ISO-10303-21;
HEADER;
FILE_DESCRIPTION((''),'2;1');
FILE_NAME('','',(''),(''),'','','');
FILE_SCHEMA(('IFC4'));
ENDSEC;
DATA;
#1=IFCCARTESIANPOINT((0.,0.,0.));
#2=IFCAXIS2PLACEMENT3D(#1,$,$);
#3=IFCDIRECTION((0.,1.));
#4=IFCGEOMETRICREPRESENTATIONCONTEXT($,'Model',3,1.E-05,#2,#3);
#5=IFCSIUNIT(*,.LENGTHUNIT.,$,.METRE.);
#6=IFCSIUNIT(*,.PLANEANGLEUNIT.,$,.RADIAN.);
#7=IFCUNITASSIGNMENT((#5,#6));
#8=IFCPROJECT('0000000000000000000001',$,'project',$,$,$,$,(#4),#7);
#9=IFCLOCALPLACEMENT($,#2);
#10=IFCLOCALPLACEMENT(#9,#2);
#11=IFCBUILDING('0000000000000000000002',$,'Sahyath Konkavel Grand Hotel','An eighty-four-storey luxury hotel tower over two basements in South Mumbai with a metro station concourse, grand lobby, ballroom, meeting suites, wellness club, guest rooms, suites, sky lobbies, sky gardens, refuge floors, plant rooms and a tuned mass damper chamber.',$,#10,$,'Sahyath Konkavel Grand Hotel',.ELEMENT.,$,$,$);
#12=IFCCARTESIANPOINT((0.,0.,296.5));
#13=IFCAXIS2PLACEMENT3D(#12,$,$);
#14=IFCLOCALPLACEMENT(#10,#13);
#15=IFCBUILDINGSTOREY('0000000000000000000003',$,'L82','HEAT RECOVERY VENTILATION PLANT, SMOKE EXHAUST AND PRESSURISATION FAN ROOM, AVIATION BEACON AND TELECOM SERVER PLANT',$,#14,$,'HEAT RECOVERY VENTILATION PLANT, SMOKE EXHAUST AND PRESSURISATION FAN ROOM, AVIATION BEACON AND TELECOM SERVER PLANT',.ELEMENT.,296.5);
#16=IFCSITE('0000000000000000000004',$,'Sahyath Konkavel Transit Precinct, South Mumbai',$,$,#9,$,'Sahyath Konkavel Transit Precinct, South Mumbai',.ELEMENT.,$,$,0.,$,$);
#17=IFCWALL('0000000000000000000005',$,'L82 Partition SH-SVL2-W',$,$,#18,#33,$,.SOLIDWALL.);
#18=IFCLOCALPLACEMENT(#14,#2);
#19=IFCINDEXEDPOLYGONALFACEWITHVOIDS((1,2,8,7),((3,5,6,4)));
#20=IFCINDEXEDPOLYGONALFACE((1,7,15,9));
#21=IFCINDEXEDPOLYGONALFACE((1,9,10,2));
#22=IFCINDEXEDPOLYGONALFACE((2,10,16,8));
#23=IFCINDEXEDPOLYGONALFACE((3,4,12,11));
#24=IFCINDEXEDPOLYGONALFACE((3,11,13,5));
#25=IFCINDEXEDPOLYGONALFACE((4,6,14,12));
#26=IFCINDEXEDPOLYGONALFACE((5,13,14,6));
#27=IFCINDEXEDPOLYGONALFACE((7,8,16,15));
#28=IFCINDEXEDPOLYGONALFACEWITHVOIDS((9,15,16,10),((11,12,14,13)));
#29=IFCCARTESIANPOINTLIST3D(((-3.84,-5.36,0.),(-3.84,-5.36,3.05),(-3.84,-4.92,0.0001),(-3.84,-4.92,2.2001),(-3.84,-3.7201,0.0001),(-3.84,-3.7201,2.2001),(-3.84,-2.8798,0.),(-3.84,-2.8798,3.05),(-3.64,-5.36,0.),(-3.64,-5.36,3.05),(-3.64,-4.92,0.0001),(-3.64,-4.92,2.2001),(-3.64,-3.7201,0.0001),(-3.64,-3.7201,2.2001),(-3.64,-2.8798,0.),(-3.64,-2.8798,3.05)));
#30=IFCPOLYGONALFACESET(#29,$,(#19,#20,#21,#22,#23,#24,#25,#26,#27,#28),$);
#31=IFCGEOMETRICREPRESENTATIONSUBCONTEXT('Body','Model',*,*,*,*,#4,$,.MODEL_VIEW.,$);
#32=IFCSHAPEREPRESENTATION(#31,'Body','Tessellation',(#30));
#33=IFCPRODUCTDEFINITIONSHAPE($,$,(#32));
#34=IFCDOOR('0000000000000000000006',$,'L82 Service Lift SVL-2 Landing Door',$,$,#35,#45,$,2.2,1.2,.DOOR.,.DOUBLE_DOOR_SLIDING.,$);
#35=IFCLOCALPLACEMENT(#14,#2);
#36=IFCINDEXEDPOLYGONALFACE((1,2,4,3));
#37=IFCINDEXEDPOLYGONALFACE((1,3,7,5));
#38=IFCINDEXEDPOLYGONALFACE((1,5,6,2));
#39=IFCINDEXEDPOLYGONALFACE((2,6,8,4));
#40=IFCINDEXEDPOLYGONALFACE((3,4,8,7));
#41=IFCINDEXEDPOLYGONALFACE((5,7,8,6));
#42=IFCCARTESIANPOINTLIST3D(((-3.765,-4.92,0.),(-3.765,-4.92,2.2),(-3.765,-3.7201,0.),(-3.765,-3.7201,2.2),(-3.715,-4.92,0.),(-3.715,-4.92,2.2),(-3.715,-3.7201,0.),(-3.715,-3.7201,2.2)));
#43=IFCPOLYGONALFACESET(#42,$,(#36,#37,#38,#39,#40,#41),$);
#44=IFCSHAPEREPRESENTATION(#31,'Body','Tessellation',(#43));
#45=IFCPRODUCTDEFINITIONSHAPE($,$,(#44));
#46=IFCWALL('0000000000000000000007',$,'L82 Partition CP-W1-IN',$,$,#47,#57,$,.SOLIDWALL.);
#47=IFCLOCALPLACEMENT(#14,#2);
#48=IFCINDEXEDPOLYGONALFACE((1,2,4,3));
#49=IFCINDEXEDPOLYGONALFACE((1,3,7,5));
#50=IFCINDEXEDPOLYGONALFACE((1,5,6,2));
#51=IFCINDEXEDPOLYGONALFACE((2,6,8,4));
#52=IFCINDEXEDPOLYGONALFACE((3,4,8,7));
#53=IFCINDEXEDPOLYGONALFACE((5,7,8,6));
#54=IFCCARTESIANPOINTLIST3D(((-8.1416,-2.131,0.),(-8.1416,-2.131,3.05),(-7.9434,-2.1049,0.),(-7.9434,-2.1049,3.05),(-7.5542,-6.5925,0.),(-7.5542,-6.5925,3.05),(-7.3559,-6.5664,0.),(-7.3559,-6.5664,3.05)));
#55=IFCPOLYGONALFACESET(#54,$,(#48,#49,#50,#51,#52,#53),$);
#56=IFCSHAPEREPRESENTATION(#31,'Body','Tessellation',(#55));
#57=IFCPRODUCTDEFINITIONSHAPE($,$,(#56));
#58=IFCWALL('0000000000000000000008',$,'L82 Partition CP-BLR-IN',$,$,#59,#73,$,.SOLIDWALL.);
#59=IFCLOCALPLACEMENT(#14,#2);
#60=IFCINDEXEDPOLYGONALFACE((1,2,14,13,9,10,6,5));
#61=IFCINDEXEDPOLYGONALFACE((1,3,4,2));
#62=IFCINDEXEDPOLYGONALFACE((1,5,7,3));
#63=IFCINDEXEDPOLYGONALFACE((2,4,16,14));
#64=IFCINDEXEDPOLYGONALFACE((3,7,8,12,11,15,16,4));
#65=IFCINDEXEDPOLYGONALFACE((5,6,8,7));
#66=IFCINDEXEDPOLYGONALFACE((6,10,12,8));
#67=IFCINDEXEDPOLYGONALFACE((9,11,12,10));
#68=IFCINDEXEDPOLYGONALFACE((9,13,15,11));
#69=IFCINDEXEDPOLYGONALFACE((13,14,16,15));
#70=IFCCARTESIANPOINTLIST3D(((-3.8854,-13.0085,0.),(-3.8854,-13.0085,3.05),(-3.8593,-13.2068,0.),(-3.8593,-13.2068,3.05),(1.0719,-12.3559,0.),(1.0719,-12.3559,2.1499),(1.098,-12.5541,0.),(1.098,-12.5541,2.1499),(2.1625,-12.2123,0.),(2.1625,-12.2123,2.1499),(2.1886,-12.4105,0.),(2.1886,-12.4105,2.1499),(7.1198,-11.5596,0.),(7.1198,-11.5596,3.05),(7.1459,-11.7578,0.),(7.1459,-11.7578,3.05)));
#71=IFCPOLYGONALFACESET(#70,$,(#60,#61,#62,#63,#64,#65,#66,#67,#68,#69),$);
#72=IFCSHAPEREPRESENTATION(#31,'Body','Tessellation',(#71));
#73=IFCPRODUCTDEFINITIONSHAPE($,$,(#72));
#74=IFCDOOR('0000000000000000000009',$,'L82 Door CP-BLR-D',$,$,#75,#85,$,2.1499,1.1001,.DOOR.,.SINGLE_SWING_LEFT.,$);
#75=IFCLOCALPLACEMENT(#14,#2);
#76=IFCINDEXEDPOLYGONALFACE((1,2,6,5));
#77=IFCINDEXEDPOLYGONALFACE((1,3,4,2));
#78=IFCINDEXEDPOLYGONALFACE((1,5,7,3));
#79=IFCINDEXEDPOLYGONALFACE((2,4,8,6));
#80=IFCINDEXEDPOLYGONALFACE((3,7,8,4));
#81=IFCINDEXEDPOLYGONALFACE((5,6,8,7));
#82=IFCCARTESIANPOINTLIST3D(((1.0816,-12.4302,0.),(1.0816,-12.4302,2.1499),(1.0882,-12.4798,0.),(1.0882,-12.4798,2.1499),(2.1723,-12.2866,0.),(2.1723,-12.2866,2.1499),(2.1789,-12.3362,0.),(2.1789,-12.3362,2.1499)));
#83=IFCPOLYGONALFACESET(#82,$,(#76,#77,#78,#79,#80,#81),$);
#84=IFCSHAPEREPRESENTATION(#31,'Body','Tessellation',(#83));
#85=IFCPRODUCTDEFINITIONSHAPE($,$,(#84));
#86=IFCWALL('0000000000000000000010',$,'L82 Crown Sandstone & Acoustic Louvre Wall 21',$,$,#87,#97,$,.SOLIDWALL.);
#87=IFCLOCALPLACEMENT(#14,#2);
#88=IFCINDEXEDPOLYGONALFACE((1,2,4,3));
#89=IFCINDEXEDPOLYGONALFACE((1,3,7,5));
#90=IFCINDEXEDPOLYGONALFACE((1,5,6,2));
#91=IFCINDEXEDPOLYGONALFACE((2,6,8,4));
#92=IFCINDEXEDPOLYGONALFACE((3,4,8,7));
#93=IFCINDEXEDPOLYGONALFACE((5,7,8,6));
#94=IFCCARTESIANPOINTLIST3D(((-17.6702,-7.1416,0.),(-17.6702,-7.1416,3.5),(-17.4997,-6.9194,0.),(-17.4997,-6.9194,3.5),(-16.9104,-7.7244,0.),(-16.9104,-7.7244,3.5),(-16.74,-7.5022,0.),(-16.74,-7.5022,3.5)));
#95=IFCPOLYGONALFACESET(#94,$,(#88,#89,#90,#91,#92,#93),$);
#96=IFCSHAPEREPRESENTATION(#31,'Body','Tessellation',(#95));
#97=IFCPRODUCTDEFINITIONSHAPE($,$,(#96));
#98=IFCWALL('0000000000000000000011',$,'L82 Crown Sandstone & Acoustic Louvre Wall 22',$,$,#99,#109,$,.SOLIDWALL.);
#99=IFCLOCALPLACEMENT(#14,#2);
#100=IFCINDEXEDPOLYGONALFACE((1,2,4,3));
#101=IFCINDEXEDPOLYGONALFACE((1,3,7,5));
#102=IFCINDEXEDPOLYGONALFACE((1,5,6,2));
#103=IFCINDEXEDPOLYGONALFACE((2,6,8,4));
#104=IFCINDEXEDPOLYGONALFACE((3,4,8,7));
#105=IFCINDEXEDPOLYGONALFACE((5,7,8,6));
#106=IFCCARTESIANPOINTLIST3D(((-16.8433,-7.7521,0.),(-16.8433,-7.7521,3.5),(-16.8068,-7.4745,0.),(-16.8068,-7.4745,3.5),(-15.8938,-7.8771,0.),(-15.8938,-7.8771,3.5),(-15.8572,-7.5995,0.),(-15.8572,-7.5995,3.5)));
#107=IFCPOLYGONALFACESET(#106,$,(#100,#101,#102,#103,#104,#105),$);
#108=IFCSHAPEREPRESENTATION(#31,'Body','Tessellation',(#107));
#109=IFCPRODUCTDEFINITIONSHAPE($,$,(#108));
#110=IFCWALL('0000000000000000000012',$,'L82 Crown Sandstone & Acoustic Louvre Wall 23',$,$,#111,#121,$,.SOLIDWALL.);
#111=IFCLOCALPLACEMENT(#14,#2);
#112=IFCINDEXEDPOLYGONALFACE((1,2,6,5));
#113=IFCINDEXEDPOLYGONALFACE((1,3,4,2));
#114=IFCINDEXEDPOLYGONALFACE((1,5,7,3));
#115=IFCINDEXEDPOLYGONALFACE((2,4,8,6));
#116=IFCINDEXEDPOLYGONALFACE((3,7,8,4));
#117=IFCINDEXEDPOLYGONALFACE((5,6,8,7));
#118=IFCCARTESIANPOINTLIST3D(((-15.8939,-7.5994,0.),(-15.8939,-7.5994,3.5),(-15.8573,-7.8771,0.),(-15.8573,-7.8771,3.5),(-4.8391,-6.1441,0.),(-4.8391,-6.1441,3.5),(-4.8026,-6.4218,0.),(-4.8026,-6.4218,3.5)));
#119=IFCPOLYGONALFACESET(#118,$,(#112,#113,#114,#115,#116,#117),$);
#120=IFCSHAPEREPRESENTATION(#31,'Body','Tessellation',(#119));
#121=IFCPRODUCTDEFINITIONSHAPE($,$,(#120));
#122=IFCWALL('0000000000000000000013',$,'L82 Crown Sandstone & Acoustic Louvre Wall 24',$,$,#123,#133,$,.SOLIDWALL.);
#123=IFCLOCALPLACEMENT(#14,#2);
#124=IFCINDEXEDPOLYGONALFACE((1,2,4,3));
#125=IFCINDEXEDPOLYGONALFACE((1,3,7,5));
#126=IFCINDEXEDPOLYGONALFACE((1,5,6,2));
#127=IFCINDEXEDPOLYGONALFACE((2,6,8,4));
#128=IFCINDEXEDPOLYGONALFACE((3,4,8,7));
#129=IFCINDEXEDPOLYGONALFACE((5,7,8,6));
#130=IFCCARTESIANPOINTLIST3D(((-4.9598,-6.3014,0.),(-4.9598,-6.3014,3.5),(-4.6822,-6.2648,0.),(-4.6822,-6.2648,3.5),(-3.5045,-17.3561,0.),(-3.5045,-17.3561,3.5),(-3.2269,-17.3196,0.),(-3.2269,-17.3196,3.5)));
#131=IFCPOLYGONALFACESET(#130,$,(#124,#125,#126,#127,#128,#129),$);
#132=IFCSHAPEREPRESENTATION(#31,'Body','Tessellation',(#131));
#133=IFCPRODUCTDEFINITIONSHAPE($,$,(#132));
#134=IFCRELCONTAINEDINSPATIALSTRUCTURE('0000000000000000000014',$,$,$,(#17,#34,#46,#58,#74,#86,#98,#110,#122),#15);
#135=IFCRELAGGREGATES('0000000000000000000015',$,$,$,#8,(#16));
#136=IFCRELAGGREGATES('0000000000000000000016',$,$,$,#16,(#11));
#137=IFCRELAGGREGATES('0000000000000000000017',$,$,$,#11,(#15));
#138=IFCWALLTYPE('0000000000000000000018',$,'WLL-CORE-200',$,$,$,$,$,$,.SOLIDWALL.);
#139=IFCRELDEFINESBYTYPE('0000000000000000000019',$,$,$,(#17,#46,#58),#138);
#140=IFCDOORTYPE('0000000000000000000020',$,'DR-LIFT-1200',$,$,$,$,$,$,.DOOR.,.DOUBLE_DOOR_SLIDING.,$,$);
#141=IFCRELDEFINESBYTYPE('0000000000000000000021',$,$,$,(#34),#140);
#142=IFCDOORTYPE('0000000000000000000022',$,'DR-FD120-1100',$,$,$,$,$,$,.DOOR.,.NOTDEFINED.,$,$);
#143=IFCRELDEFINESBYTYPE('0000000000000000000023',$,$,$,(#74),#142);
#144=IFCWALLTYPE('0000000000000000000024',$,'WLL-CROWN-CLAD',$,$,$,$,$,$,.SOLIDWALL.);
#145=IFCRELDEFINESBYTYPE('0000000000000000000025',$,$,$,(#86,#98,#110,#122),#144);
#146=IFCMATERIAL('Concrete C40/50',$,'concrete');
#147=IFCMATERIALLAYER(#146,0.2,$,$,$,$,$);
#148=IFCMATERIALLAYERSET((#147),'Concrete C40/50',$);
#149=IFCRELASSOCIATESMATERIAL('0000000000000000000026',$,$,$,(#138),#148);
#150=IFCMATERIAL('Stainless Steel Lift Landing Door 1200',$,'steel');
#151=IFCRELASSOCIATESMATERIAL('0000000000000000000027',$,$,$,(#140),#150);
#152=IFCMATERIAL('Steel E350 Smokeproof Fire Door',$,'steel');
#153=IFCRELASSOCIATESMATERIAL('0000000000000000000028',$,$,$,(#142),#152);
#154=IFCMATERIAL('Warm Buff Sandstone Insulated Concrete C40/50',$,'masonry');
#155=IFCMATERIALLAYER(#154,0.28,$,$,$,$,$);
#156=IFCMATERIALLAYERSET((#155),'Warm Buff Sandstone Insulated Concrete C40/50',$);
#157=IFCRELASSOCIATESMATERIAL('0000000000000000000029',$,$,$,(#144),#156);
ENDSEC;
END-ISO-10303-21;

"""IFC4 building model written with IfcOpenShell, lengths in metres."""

from ifc_helpers import new_model, si_unit, direction, frame, frame_2d, origin, origin_2d, place, context, subcontext, project, spatial, rectangle, extrude, source, transform, mapped, material, layer, layer_set, type_object, element, fill, save


model = new_model("IFC4")

# Units and contexts
model_context = context("Model", 3, precision=1e-05, world=origin(), true_north=direction((0.0, 1.0)))
body_context = subcontext(model_context, "Body", "Model", "MODEL_VIEW")
ifc_project = project(units=[si_unit("LENGTHUNIT", "METRE"), si_unit("PLANEANGLEUNIT", "RADIAN")], contexts=[model_context])

# Site, building, storey
site_placement = place(None, origin())
site = spatial("IfcSite", under=ifc_project, at=site_placement, Name="Sahyath Konkavel Transit Precinct, South Mumbai", LongName="Sahyath Konkavel Transit Precinct, South Mumbai", CompositionType="ELEMENT", RefElevation=0.0)
building_placement = place(site_placement, origin())
building = spatial("IfcBuilding", under=site, at=building_placement, Name="Sahyath Konkavel Grand Hotel", Description="An eighty-four-storey luxury hotel tower over two basements in South Mumbai with a metro station concourse, grand lobby, ballroom, meeting suites, wellness club, guest rooms, suites, sky lobbies, sky gardens, refuge floors, plant rooms and a tuned mass damper chamber.", LongName="Sahyath Konkavel Grand Hotel", CompositionType="ELEMENT")
storey_placement = place(building_placement, frame((0.0, 0.0, 296.5)))
storey = spatial("IfcBuildingStorey", under=building, at=storey_placement, Name="L82", Description="HEAT RECOVERY VENTILATION PLANT, SMOKE EXHAUST AND PRESSURISATION FAN ROOM, AVIATION BEACON AND TELECOM SERVER PLANT", LongName="HEAT RECOVERY VENTILATION PLANT, SMOKE EXHAUST AND PRESSURISATION FAN ROOM, AVIATION BEACON AND TELECOM SERVER PLANT", CompositionType="ELEMENT", Elevation=296.5)

# Shared definitions
ifc_material_1 = material(Name="Concrete C40/50", Category="concrete")

# Shared definitions
ifc_layer_1 = layer(ifc_material_1, 0.2)
ifc_layer_set_1 = layer_set([ifc_layer_1], Name="Concrete C40/50")
wall_type_1 = type_object("IfcWallType", Name="WLL-CORE-200", PredefinedType="SOLIDWALL", material=ifc_layer_set_1)

# Wall, opening, door
wall_1_placement = place(storey_placement, frame((-3.74, -5.3601, 0.0), z_axis=(0.0, 0.0, 1.0), x_axis=(0.0, 1.0, 0.0)))
wall_1 = element("IfcWall", 1, at=wall_1_placement, inside=storey, type_object=wall_type_1, Name="L82 Partition SH-SVL2-W", PredefinedType="SOLIDWALL", context=body_context, shape_type="SweptSolid", body=[
    extrude(rectangle(XDim=2.4802, YDim=0.2, at=frame_2d((1.2402, 0.0))), origin(), (0.0, 0.0, 1.0), 3.05),
])
opening_1_placement = place(wall_1_placement, frame((0.4399, 0.0, 0.0)))
opening_1 = element("IfcOpeningElement", 2, at=opening_1_placement, cuts=wall_1, PredefinedType="OPENING", context=body_context, shape_type="SweptSolid", body=[
    extrude(rectangle(XDim=1.2, YDim=2.2, at=frame_2d((0.6001, 1.1001))), frame((0.0, 0.1099, 0.0), z_axis=(0.0, -1.0, 0.0), x_axis=(1.0, 0.0, 0.0)), (0.0, 0.0, 1.0), 0.22),
])
ifc_material_2 = material(Name="Stainless Steel Lift Landing Door 1200", Category="steel")
door_type_1 = type_object("IfcDoorType", Name="DR-LIFT-1200", OperationType="DOUBLE_DOOR_SLIDING", PredefinedType="DOOR", material=ifc_material_2)
shared_shape_1 = source(origin(), body_context, "Body", "SweptSolid", [
    extrude(rectangle(XDim=1.2, YDim=0.05, at=origin_2d()), origin(), (0.0, 0.0, 1.0), 2.2),
])
door_1_placement = place(opening_1_placement, frame((0.6001, 0.0, 0.0)))
door_1 = element("IfcDoor", 3, at=door_1_placement, inside=storey, type_object=door_type_1, Name="L82 Service Lift SVL-2 Landing Door", OperationType="DOUBLE_DOOR_SLIDING", OverallHeight=2.2, OverallWidth=1.2, PredefinedType="DOOR", context=body_context, shape_type="MappedRepresentation", body=[
    mapped(shared_shape_1, transform((0.0, 0.0, 0.0), scale=1.0)),
])
fill(opening_1, door_1)

# Wall
wall_2_placement = place(storey_placement, frame((-8.0425, -2.1179, 0.0), z_axis=(0.0, 0.0, 1.0), x_axis=(0.130536, -0.991444, 0.0)))
element("IfcWall", 4, at=wall_2_placement, inside=storey, type_object=wall_type_1, Name="L82 Partition CP-W1-IN", PredefinedType="SOLIDWALL", context=body_context, shape_type="SweptSolid", body=[
    extrude(rectangle(XDim=4.5, YDim=0.2, at=frame_2d((2.25, 0.0))), origin(), (0.0, 0.0, 1.0), 3.05),
])

# Wall, opening, door
wall_3_placement = place(storey_placement, frame((-3.8723, -13.1077, 0.0), z_axis=(0.0, 0.0, 1.0), x_axis=(0.991443, 0.130537, 0.0)))
wall_3 = element("IfcWall", 5, at=wall_3_placement, inside=storey, type_object=wall_type_1, Name="L82 Partition CP-BLR-IN", PredefinedType="SOLIDWALL", context=body_context, shape_type="SweptSolid", body=[
    extrude(rectangle(XDim=11.1001, YDim=0.2, at=frame_2d((5.55, 0.0))), origin(), (0.0, 0.0, 1.0), 3.05),
])
opening_2_placement = place(wall_3_placement, frame((5.0, 0.0, 0.0)))
opening_2 = element("IfcOpeningElement", 6, at=opening_2_placement, cuts=wall_3, PredefinedType="OPENING", context=body_context, shape_type="SweptSolid", body=[
    extrude(rectangle(XDim=1.1001, YDim=2.1499, at=frame_2d((0.55, 1.075))), frame((0.0, 0.1099, 0.0), z_axis=(0.0, -1.0, 0.0), x_axis=(1.0, 0.0, 0.0)), (0.0, 0.0, 1.0), 0.22),
])
ifc_material_3 = material(Name="Steel E350 Smokeproof Fire Door", Category="steel")
door_type_2 = type_object("IfcDoorType", Name="DR-FD120-1100", OperationType="NOTDEFINED", PredefinedType="DOOR", material=ifc_material_3)
shared_shape_2 = source(origin(), body_context, "Body", "SweptSolid", [
    extrude(rectangle(XDim=1.1001, YDim=0.05, at=origin_2d()), origin(), (0.0, 0.0, 1.0), 2.1499),
])
door_2_placement = place(opening_2_placement, frame((0.55, 0.0, 0.0)))
door_2 = element("IfcDoor", 7, at=door_2_placement, inside=storey, type_object=door_type_2, Name="L82 Door CP-BLR-D", OperationType="SINGLE_SWING_LEFT", OverallHeight=2.1499, OverallWidth=1.1001, PredefinedType="DOOR", context=body_context, shape_type="MappedRepresentation", body=[
    mapped(shared_shape_2, transform((0.0, 0.0, 0.0), scale=1.0)),
])
fill(opening_2, door_2)

# Walls
ifc_material_4 = material(Name="Warm Buff Sandstone Insulated Concrete C40/50", Category="masonry")
ifc_layer_2 = layer(ifc_material_4, 0.28)
ifc_layer_set_2 = layer_set([ifc_layer_2], Name="Warm Buff Sandstone Insulated Concrete C40/50")
wall_type_2 = type_object("IfcWallType", Name="WLL-CROWN-CLAD", PredefinedType="SOLIDWALL", material=ifc_layer_set_2)
wall_4_placement = place(storey_placement, frame((-17.585, -7.0305, 0.0), z_axis=(0.0, 0.0, 1.0), x_axis=(0.793467, -0.608614, 0.0)))
element("IfcWall", 8, at=wall_4_placement, inside=storey, type_object=wall_type_2, Name="L82 Crown Sandstone & Acoustic Louvre Wall 21", PredefinedType="SOLIDWALL", context=body_context, shape_type="SweptSolid", body=[
    extrude(rectangle(XDim=0.9575, YDim=0.28, at=frame_2d((0.4788, 0.0))), origin(), (0.0, 0.0, 1.0), 3.5),
])
wall_5_placement = place(storey_placement, frame((-16.8252, -7.6133, 0.0), z_axis=(0.0, 0.0, 1.0), x_axis=(0.991445, -0.130527, 0.0)))
element("IfcWall", 9, at=wall_5_placement, inside=storey, type_object=wall_type_2, Name="L82 Crown Sandstone & Acoustic Louvre Wall 22", PredefinedType="SOLIDWALL", context=body_context, shape_type="SweptSolid", body=[
    extrude(rectangle(XDim=0.9578, YDim=0.28, at=frame_2d((0.479, 0.0))), origin(), (0.0, 0.0, 1.0), 3.5),
])
for number, where, z_axis, x_axis, name in (
    (10, (-15.8757, -7.7383, 0.0), (0.0, 0.0, 1.0), (0.991445, 0.130521, 0.0), "L82 Crown Sandstone & Acoustic Louvre Wall 23"),
    (11, (-4.821, -6.283, 0.0), (0.0, 0.0, 1.0), (0.130521, -0.991445, 0.0), "L82 Crown Sandstone & Acoustic Louvre Wall 24"),
):
    element("IfcWall", number, at=place(storey_placement, frame(where, z_axis=z_axis, x_axis=x_axis)), inside=storey, type_object=wall_type_2, Name=name, PredefinedType="SOLIDWALL", context=body_context, shape_type="SweptSolid", body=[
        extrude(rectangle(XDim=11.1501, YDim=0.28, at=frame_2d((5.5752, 0.0))), origin(), (0.0, 0.0, 1.0), 3.5),
    ])

save(model, "model.ifc")
